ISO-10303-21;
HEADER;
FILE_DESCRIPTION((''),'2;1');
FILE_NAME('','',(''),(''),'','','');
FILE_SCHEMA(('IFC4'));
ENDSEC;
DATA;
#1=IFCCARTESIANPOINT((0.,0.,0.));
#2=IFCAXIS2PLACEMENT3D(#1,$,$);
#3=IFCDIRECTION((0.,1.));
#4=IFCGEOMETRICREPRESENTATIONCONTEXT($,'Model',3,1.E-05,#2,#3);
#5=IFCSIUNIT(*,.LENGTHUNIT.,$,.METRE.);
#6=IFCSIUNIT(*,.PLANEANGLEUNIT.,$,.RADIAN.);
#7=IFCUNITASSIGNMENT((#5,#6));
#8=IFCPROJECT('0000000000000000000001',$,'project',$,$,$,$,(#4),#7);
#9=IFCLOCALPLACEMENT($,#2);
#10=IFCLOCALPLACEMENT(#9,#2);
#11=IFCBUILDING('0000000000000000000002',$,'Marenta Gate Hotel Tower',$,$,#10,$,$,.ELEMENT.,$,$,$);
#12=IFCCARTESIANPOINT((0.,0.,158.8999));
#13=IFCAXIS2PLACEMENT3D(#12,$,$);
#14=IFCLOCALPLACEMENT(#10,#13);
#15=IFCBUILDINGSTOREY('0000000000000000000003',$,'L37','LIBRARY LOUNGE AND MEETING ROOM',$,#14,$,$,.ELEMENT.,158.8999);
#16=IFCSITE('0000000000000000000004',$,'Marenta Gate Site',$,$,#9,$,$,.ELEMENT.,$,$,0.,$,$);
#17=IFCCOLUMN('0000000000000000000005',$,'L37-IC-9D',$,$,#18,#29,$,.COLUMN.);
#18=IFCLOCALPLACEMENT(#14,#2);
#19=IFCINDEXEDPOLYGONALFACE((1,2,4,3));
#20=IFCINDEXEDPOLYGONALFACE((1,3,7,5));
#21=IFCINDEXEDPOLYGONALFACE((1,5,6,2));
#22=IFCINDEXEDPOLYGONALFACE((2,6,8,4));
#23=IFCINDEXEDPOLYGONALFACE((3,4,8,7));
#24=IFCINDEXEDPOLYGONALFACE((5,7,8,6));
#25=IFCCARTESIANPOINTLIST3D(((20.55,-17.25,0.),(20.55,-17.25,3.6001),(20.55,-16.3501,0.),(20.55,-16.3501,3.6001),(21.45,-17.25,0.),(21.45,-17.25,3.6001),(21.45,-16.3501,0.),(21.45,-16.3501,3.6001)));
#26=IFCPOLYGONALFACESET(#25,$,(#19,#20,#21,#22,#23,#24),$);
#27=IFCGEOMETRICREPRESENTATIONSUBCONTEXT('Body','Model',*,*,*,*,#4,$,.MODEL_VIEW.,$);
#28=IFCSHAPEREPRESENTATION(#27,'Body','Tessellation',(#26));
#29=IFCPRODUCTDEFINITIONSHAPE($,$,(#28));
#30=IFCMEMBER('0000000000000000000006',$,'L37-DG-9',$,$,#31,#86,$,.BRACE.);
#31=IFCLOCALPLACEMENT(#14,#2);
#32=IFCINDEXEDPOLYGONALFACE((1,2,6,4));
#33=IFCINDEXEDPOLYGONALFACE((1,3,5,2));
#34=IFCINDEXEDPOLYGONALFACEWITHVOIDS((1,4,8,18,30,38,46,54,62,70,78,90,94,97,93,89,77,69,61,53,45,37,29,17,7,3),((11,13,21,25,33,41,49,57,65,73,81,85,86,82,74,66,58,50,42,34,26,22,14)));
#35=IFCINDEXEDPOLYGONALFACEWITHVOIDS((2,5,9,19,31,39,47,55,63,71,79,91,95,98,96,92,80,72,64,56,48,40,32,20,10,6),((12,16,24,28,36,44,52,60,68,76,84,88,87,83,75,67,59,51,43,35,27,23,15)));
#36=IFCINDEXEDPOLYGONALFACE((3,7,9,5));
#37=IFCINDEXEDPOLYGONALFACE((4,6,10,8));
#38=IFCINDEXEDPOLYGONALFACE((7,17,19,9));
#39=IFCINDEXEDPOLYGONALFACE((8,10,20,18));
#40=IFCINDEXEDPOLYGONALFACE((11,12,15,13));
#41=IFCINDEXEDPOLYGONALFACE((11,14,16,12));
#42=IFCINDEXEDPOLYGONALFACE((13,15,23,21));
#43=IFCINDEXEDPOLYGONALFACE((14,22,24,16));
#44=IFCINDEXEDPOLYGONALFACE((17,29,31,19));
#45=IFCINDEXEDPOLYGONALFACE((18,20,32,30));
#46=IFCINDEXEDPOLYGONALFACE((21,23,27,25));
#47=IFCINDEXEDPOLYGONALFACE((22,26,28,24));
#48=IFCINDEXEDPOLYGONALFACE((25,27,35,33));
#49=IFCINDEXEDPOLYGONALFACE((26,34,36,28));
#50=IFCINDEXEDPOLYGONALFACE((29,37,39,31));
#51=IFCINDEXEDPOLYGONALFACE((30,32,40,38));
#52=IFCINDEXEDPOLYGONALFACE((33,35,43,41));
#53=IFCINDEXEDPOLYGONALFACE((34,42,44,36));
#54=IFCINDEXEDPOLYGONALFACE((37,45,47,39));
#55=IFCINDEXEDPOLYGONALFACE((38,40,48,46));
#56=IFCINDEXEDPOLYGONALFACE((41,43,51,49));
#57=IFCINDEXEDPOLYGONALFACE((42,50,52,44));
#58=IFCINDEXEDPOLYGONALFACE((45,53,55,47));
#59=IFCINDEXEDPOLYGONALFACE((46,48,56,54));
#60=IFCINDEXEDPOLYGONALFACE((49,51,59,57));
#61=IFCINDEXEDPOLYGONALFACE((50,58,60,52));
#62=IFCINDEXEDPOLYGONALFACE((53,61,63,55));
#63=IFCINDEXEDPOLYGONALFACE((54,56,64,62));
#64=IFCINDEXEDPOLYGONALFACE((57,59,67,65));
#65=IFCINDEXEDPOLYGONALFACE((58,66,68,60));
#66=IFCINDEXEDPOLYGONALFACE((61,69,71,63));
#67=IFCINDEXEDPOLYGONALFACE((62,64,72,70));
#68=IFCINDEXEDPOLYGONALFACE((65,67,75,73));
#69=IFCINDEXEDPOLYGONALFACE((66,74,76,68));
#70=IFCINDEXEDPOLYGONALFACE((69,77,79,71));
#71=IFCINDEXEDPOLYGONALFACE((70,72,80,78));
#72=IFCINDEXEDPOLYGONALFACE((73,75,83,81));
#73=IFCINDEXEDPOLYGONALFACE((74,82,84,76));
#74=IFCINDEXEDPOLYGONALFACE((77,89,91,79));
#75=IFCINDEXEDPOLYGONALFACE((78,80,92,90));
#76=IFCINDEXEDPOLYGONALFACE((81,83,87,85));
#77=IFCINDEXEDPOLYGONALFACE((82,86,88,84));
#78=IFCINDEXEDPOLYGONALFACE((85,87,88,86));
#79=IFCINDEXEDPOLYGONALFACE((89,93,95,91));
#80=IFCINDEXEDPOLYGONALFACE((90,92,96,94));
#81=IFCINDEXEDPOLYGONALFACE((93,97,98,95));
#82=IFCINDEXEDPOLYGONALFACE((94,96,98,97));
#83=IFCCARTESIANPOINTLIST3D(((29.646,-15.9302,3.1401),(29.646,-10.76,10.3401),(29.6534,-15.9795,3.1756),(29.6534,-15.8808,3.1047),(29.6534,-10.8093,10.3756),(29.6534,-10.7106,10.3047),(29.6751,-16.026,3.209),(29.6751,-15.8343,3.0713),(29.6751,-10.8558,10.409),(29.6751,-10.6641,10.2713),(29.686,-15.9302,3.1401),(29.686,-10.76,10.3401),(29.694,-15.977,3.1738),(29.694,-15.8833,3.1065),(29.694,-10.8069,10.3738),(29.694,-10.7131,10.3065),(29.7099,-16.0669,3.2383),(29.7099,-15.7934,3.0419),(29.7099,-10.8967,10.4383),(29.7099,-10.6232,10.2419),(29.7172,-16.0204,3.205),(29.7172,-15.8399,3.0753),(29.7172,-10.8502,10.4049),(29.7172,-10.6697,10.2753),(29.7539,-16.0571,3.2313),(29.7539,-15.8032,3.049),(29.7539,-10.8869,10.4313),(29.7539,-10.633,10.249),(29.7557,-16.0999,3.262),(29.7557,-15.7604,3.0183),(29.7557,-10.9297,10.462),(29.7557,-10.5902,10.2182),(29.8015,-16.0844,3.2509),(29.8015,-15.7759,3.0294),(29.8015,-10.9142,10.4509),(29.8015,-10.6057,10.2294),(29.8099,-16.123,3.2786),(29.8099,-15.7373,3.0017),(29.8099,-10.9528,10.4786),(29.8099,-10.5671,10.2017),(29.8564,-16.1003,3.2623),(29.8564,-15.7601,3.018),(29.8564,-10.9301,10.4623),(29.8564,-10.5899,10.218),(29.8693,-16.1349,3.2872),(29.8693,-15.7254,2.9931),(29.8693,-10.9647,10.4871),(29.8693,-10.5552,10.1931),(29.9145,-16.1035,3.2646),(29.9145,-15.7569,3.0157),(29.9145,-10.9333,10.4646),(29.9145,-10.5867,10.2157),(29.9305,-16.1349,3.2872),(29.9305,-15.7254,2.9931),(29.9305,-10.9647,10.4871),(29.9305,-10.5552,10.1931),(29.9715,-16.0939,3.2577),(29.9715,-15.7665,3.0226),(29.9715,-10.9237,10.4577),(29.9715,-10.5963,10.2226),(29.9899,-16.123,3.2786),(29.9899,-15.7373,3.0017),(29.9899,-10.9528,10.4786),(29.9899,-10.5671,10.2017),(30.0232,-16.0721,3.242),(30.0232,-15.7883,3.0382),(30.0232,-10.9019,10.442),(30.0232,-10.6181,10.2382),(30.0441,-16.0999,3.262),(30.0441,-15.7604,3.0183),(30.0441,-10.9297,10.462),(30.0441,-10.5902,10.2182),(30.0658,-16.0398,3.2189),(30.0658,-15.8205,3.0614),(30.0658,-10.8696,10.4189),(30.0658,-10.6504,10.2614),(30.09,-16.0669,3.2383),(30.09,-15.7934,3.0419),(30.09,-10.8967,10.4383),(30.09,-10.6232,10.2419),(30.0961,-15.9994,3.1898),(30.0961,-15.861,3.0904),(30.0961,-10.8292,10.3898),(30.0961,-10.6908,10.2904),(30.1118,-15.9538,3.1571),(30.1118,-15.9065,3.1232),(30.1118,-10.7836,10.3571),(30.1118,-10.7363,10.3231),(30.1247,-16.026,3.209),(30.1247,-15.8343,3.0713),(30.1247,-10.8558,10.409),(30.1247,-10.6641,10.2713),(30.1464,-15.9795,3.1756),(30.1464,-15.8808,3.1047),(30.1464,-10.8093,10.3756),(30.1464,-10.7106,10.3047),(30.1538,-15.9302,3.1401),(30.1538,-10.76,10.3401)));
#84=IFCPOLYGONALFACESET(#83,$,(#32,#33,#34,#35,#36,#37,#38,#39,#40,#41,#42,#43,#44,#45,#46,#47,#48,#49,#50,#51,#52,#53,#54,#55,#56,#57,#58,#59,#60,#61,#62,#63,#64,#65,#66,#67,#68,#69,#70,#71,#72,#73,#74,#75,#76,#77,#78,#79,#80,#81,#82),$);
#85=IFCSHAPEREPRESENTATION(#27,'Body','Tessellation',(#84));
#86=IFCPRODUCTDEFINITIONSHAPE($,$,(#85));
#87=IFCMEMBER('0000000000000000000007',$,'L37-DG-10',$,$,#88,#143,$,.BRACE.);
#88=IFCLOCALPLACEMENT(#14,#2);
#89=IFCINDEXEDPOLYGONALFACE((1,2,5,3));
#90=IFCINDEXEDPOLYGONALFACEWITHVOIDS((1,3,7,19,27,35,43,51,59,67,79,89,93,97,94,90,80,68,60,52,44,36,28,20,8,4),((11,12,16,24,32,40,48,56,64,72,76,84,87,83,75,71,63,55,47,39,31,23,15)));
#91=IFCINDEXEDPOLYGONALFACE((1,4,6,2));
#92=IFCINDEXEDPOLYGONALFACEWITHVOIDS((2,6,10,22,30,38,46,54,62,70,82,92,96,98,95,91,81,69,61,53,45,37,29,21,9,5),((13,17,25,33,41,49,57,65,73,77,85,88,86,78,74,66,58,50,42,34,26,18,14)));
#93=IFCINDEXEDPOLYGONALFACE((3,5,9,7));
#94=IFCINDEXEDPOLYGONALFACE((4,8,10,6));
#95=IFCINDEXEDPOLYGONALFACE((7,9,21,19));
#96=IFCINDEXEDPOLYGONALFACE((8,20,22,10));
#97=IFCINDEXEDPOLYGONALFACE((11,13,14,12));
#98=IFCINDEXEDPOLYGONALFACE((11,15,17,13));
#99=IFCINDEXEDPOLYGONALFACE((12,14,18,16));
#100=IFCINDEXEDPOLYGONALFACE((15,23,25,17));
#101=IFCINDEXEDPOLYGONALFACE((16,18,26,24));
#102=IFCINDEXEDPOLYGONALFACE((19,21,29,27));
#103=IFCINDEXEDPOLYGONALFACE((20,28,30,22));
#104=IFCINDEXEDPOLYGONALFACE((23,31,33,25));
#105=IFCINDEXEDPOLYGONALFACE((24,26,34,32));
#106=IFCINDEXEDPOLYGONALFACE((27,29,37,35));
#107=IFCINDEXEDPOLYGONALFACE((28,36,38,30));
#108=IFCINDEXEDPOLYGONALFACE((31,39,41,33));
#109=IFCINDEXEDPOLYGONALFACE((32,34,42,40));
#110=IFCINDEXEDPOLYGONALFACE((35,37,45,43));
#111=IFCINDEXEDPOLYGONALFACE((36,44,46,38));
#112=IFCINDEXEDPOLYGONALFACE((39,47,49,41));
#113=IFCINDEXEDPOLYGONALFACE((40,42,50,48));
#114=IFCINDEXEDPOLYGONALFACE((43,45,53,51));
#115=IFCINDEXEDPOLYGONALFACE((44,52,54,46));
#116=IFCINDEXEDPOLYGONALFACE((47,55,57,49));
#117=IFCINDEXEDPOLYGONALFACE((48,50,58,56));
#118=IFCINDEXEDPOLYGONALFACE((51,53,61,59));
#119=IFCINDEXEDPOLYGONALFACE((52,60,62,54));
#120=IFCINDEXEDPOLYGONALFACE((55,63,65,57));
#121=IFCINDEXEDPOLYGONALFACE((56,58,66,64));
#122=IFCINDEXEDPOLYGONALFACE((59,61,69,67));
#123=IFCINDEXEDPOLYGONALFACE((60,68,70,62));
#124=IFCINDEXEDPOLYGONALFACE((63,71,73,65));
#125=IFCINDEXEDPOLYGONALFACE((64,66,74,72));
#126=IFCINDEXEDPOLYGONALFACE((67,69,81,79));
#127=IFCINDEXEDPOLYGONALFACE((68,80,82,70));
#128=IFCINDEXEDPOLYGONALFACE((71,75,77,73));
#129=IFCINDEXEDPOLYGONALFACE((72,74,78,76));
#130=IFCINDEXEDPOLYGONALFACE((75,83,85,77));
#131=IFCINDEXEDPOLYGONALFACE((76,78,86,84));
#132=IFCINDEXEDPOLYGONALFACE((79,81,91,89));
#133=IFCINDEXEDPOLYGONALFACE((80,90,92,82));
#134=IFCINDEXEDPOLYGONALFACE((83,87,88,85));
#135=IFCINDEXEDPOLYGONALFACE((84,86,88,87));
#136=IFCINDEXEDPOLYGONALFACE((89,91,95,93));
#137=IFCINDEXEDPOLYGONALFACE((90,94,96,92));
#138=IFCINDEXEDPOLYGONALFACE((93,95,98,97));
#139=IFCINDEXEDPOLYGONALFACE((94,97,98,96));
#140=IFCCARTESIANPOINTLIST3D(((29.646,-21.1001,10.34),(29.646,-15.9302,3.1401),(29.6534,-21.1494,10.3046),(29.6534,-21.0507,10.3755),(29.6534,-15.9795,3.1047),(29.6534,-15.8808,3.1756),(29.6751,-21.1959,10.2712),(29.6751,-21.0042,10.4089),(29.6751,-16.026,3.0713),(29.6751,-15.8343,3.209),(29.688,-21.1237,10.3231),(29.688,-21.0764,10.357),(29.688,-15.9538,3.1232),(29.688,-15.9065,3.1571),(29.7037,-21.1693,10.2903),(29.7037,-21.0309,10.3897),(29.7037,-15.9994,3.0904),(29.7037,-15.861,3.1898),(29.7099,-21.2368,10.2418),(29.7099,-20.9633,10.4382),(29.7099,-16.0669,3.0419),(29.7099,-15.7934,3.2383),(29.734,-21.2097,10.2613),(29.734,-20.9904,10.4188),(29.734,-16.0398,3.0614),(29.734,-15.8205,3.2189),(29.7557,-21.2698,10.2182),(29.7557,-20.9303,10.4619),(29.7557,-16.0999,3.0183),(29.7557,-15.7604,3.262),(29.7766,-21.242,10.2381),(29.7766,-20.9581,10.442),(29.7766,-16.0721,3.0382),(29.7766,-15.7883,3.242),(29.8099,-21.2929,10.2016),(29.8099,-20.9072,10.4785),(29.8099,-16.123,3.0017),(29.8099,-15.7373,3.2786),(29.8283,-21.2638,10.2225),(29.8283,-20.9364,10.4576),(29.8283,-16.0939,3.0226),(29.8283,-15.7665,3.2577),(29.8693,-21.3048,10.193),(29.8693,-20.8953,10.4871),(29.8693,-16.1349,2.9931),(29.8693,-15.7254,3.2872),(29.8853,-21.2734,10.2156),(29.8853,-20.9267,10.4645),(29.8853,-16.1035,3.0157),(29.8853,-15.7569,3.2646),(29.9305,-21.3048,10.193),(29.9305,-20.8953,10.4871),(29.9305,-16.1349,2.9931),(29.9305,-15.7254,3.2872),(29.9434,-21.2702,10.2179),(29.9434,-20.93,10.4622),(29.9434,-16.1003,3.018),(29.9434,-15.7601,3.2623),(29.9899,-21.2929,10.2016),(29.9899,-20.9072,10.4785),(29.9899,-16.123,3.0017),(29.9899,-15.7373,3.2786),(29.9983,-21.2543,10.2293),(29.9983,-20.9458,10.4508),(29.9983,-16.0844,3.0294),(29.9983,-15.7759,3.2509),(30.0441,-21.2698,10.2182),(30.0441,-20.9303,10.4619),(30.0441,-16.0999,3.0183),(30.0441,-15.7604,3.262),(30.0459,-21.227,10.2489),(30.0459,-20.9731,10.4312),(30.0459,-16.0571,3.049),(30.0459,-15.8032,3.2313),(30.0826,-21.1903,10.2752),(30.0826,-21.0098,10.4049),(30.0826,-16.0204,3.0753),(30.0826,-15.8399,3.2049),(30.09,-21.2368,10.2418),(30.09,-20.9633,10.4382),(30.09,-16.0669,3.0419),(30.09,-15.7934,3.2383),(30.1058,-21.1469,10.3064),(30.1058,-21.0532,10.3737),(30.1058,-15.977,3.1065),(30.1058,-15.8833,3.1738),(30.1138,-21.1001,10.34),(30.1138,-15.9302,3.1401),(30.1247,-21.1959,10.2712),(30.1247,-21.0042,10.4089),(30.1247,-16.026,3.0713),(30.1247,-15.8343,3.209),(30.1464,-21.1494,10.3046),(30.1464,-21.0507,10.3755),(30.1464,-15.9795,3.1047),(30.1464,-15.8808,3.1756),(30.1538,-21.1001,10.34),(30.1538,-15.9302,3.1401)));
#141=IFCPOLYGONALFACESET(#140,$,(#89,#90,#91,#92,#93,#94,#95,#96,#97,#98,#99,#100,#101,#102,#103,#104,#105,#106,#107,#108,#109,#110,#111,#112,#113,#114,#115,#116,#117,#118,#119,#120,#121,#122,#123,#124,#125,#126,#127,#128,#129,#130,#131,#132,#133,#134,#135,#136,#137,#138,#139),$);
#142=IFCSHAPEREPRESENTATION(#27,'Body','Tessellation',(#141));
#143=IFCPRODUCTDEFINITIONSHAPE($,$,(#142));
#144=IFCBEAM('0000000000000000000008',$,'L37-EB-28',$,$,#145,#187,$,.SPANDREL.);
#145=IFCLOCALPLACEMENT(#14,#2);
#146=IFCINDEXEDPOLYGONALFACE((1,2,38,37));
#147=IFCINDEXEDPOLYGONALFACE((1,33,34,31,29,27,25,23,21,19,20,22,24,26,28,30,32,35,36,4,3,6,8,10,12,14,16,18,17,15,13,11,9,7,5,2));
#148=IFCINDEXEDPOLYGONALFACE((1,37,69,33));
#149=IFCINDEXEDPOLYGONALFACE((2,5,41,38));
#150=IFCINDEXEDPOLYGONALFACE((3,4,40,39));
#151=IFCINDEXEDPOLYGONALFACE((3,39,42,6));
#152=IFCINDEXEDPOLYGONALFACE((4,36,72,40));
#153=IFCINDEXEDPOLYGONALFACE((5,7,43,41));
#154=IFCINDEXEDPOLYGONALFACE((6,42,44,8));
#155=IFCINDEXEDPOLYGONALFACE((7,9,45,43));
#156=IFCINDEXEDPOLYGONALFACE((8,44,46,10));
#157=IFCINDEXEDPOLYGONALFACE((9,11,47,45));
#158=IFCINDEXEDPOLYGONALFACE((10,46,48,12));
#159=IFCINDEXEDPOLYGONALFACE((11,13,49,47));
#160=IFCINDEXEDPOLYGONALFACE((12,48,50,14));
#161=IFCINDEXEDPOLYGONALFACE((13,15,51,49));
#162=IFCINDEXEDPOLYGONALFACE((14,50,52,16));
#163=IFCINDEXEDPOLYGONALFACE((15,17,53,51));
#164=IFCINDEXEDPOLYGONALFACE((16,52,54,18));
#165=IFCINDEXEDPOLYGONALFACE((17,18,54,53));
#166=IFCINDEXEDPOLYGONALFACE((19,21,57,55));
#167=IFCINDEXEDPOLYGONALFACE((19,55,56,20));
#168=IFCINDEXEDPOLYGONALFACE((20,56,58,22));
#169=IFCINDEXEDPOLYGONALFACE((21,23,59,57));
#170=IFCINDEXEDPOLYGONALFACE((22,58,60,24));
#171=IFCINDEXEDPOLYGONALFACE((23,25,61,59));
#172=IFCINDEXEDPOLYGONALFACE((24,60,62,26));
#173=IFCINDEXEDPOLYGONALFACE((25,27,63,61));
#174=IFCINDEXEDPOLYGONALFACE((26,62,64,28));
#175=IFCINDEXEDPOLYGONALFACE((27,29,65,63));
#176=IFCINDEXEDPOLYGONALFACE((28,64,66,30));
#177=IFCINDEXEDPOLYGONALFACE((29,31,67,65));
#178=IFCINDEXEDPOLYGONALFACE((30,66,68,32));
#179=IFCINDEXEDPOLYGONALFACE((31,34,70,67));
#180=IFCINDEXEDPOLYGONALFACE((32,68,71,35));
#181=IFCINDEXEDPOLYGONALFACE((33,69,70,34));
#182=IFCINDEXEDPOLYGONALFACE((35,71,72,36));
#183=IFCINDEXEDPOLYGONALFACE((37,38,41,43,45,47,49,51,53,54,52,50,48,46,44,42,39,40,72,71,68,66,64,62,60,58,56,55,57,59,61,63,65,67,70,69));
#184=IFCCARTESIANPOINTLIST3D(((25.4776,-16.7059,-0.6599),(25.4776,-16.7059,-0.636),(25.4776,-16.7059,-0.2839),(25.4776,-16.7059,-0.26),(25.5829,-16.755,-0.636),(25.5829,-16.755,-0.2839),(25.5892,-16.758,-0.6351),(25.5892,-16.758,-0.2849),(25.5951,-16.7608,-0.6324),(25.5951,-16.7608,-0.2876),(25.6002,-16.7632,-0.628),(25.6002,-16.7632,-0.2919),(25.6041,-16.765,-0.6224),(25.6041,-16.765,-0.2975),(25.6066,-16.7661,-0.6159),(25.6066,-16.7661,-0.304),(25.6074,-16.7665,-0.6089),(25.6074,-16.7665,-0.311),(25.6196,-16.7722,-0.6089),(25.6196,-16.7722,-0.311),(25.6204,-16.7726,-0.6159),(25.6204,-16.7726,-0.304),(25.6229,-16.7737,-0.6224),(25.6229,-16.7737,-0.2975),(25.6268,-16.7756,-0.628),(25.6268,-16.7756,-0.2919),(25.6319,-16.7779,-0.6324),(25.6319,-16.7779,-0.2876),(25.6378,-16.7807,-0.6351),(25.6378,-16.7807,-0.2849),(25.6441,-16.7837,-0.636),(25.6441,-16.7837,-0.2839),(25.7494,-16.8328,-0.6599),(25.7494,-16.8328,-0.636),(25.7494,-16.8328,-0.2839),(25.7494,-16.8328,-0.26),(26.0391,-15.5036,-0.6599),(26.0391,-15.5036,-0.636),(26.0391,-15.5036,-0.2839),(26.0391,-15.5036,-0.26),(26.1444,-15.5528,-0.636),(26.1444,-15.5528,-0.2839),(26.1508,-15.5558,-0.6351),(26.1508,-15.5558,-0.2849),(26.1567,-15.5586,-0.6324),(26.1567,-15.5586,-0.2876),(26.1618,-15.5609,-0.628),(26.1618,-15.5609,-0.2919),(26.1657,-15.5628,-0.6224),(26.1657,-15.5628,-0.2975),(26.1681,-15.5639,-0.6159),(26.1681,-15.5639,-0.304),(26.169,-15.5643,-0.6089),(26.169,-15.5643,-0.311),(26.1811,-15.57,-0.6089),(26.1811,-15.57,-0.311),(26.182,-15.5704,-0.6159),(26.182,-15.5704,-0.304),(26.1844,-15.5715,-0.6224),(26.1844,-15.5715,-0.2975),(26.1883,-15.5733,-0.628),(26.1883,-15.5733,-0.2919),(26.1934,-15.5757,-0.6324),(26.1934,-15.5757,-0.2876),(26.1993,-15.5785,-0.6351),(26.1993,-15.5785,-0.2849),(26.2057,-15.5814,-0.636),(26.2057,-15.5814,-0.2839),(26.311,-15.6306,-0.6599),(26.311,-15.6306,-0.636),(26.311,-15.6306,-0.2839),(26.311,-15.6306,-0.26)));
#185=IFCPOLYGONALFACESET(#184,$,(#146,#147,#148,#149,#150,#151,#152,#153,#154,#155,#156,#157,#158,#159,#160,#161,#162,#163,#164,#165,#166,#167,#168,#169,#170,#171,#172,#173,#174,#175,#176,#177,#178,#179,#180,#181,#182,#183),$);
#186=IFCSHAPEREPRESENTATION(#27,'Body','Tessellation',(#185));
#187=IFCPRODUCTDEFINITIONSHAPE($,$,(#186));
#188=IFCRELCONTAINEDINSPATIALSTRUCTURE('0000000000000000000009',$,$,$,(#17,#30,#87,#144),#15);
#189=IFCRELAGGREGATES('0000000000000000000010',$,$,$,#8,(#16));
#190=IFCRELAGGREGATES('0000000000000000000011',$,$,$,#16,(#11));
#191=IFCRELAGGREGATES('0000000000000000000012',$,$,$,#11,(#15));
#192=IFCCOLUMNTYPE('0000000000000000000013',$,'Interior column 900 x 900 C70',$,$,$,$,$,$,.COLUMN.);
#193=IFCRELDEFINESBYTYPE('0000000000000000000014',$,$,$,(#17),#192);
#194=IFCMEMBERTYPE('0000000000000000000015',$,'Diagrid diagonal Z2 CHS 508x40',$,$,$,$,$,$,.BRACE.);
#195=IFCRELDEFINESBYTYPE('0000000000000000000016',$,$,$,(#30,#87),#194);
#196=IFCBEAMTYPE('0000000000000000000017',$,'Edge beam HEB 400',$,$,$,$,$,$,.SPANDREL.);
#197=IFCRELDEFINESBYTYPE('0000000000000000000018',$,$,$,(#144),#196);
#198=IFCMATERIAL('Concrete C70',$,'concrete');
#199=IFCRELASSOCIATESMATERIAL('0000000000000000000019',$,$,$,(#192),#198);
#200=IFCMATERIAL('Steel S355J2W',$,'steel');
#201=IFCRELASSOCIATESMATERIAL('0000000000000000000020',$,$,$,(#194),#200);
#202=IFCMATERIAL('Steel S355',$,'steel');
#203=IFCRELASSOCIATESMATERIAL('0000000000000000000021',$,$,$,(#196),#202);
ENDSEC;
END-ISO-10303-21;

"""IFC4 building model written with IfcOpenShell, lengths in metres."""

from ifc_helpers import new_model, si_unit, direction, frame, origin, origin_2d, place, context, subcontext, project, spatial, rectangle, hollow_circle, i_section, extrude, material, material_profile, profile_set, type_object, element, save


model = new_model("IFC4")

# Units and contexts
model_context = context("Model", 3, precision=1e-05, world=origin(), true_north=direction((0.0, 1.0)))
body_context = subcontext(model_context, "Body", "Model", "MODEL_VIEW")
ifc_project = project(units=[si_unit("LENGTHUNIT", "METRE"), si_unit("PLANEANGLEUNIT", "RADIAN")], contexts=[model_context])

# Site, building, storey
site_placement = place(None, origin())
site = spatial("IfcSite", under=ifc_project, at=site_placement, Name="Marenta Gate Site", CompositionType="ELEMENT", RefElevation=0.0)
building_placement = place(site_placement, origin())
building = spatial("IfcBuilding", under=site, at=building_placement, Name="Marenta Gate Hotel Tower", CompositionType="ELEMENT")
storey_placement = place(building_placement, frame((0.0, 0.0, 158.8999)))
storey = spatial("IfcBuildingStorey", under=building, at=storey_placement, Name="L37", Description="LIBRARY LOUNGE AND MEETING ROOM", CompositionType="ELEMENT", Elevation=158.8999)

# Column
ifc_material_1 = material(Name="Concrete C70", Category="concrete")
ifc_material_profile_1 = material_profile(ifc_material_1, rectangle(XDim=0.8999, YDim=0.8999, at=origin_2d()), Name="900 x 900")
ifc_profile_set_1 = profile_set([ifc_material_profile_1], Name="Concrete C70")
column_type = type_object("IfcColumnType", Name="Interior column 900 x 900 C70", PredefinedType="COLUMN", material=ifc_profile_set_1)
column_placement = place(storey_placement, frame((21.0, -16.8, 0.0), z_axis=(0.0, 0.0, 1.0), x_axis=(1.0, 0.0, 0.0)))
element("IfcColumn", 1, at=column_placement, inside=storey, type_object=column_type, Name="L37-IC-9D", PredefinedType="COLUMN", context=body_context, shape_type="SweptSolid", body=[
    extrude(rectangle(XDim=0.8999, YDim=0.8999, at=origin_2d()), origin(), (0.0, 0.0, 1.0), 3.6001),
])

# Members
ifc_material_2 = material(Name="Steel S355J2W", Category="steel")
ifc_material_profile_2 = material_profile(ifc_material_2, hollow_circle(Radius=0.2539, WallThickness=0.04, at=origin_2d()), Name="CHS 508x40")
ifc_profile_set_2 = profile_set([ifc_material_profile_2], Name="Steel S355J2W")
member_type_1 = type_object("IfcMemberType", Name="Diagrid diagonal Z2 CHS 508x40", PredefinedType="BRACE", material=ifc_profile_set_2)
member_1_placement = place(storey_placement, frame((29.8999, -15.9302, 3.1401), z_axis=(0.0, 0.583279, 0.812272), x_axis=(-1.0, 0.0, 0.0)))
element("IfcMember", 2, at=member_1_placement, inside=storey, type_object=member_type_1, Name="L37-DG-9", PredefinedType="BRACE", context=body_context, shape_type="SweptSolid", body=[
    extrude(hollow_circle(Radius=0.2539, WallThickness=0.04, at=origin_2d()), origin(), (0.0, 0.0, 1.0), 8.864),
])
member_2_placement = place(storey_placement, frame((29.8999, -15.9302, 3.1401), z_axis=(0.0, -0.583261, 0.812285), x_axis=(1.0, 0.0, 0.0)))
element("IfcMember", 3, at=member_2_placement, inside=storey, type_object=member_type_1, Name="L37-DG-10", PredefinedType="BRACE", context=body_context, shape_type="SweptSolid", body=[
    extrude(hollow_circle(Radius=0.2539, WallThickness=0.04, at=origin_2d()), origin(), (0.0, 0.0, 1.0), 8.8638),
])

# Beam
ifc_material_3 = material(Name="Steel S355", Category="steel")
ifc_material_profile_3 = material_profile(ifc_material_3, i_section(OverallWidth=0.3, OverallDepth=0.3999, WebThickness=0.0134, FlangeThickness=0.0239, FilletRadius=0.0271, at=origin_2d()), Name="HEB 400")
ifc_profile_set_3 = profile_set([ifc_material_profile_3], Name="Steel S355")
beam_type_1 = type_object("IfcBeamType", Name="Edge beam HEB 400", PredefinedType="SPANDREL", material=ifc_profile_set_3)
beam_1_placement = place(storey_placement, frame((26.175, -15.5671, -0.46), z_axis=(-0.423208, -0.906033, 0.0), x_axis=(0.906033, -0.423208, 0.0)))
element("IfcBeam", 4, at=beam_1_placement, inside=storey, type_object=beam_type_1, Name="L37-EB-28", PredefinedType="SPANDREL", context=body_context, shape_type="SweptSolid", body=[
    extrude(i_section(OverallWidth=0.3, OverallDepth=0.3999, WebThickness=0.0134, FlangeThickness=0.0239, FilletRadius=0.0271, at=origin_2d()), origin(), (0.0, 0.0, 1.0), 1.3269),
])

save(model, "model.ifc")
